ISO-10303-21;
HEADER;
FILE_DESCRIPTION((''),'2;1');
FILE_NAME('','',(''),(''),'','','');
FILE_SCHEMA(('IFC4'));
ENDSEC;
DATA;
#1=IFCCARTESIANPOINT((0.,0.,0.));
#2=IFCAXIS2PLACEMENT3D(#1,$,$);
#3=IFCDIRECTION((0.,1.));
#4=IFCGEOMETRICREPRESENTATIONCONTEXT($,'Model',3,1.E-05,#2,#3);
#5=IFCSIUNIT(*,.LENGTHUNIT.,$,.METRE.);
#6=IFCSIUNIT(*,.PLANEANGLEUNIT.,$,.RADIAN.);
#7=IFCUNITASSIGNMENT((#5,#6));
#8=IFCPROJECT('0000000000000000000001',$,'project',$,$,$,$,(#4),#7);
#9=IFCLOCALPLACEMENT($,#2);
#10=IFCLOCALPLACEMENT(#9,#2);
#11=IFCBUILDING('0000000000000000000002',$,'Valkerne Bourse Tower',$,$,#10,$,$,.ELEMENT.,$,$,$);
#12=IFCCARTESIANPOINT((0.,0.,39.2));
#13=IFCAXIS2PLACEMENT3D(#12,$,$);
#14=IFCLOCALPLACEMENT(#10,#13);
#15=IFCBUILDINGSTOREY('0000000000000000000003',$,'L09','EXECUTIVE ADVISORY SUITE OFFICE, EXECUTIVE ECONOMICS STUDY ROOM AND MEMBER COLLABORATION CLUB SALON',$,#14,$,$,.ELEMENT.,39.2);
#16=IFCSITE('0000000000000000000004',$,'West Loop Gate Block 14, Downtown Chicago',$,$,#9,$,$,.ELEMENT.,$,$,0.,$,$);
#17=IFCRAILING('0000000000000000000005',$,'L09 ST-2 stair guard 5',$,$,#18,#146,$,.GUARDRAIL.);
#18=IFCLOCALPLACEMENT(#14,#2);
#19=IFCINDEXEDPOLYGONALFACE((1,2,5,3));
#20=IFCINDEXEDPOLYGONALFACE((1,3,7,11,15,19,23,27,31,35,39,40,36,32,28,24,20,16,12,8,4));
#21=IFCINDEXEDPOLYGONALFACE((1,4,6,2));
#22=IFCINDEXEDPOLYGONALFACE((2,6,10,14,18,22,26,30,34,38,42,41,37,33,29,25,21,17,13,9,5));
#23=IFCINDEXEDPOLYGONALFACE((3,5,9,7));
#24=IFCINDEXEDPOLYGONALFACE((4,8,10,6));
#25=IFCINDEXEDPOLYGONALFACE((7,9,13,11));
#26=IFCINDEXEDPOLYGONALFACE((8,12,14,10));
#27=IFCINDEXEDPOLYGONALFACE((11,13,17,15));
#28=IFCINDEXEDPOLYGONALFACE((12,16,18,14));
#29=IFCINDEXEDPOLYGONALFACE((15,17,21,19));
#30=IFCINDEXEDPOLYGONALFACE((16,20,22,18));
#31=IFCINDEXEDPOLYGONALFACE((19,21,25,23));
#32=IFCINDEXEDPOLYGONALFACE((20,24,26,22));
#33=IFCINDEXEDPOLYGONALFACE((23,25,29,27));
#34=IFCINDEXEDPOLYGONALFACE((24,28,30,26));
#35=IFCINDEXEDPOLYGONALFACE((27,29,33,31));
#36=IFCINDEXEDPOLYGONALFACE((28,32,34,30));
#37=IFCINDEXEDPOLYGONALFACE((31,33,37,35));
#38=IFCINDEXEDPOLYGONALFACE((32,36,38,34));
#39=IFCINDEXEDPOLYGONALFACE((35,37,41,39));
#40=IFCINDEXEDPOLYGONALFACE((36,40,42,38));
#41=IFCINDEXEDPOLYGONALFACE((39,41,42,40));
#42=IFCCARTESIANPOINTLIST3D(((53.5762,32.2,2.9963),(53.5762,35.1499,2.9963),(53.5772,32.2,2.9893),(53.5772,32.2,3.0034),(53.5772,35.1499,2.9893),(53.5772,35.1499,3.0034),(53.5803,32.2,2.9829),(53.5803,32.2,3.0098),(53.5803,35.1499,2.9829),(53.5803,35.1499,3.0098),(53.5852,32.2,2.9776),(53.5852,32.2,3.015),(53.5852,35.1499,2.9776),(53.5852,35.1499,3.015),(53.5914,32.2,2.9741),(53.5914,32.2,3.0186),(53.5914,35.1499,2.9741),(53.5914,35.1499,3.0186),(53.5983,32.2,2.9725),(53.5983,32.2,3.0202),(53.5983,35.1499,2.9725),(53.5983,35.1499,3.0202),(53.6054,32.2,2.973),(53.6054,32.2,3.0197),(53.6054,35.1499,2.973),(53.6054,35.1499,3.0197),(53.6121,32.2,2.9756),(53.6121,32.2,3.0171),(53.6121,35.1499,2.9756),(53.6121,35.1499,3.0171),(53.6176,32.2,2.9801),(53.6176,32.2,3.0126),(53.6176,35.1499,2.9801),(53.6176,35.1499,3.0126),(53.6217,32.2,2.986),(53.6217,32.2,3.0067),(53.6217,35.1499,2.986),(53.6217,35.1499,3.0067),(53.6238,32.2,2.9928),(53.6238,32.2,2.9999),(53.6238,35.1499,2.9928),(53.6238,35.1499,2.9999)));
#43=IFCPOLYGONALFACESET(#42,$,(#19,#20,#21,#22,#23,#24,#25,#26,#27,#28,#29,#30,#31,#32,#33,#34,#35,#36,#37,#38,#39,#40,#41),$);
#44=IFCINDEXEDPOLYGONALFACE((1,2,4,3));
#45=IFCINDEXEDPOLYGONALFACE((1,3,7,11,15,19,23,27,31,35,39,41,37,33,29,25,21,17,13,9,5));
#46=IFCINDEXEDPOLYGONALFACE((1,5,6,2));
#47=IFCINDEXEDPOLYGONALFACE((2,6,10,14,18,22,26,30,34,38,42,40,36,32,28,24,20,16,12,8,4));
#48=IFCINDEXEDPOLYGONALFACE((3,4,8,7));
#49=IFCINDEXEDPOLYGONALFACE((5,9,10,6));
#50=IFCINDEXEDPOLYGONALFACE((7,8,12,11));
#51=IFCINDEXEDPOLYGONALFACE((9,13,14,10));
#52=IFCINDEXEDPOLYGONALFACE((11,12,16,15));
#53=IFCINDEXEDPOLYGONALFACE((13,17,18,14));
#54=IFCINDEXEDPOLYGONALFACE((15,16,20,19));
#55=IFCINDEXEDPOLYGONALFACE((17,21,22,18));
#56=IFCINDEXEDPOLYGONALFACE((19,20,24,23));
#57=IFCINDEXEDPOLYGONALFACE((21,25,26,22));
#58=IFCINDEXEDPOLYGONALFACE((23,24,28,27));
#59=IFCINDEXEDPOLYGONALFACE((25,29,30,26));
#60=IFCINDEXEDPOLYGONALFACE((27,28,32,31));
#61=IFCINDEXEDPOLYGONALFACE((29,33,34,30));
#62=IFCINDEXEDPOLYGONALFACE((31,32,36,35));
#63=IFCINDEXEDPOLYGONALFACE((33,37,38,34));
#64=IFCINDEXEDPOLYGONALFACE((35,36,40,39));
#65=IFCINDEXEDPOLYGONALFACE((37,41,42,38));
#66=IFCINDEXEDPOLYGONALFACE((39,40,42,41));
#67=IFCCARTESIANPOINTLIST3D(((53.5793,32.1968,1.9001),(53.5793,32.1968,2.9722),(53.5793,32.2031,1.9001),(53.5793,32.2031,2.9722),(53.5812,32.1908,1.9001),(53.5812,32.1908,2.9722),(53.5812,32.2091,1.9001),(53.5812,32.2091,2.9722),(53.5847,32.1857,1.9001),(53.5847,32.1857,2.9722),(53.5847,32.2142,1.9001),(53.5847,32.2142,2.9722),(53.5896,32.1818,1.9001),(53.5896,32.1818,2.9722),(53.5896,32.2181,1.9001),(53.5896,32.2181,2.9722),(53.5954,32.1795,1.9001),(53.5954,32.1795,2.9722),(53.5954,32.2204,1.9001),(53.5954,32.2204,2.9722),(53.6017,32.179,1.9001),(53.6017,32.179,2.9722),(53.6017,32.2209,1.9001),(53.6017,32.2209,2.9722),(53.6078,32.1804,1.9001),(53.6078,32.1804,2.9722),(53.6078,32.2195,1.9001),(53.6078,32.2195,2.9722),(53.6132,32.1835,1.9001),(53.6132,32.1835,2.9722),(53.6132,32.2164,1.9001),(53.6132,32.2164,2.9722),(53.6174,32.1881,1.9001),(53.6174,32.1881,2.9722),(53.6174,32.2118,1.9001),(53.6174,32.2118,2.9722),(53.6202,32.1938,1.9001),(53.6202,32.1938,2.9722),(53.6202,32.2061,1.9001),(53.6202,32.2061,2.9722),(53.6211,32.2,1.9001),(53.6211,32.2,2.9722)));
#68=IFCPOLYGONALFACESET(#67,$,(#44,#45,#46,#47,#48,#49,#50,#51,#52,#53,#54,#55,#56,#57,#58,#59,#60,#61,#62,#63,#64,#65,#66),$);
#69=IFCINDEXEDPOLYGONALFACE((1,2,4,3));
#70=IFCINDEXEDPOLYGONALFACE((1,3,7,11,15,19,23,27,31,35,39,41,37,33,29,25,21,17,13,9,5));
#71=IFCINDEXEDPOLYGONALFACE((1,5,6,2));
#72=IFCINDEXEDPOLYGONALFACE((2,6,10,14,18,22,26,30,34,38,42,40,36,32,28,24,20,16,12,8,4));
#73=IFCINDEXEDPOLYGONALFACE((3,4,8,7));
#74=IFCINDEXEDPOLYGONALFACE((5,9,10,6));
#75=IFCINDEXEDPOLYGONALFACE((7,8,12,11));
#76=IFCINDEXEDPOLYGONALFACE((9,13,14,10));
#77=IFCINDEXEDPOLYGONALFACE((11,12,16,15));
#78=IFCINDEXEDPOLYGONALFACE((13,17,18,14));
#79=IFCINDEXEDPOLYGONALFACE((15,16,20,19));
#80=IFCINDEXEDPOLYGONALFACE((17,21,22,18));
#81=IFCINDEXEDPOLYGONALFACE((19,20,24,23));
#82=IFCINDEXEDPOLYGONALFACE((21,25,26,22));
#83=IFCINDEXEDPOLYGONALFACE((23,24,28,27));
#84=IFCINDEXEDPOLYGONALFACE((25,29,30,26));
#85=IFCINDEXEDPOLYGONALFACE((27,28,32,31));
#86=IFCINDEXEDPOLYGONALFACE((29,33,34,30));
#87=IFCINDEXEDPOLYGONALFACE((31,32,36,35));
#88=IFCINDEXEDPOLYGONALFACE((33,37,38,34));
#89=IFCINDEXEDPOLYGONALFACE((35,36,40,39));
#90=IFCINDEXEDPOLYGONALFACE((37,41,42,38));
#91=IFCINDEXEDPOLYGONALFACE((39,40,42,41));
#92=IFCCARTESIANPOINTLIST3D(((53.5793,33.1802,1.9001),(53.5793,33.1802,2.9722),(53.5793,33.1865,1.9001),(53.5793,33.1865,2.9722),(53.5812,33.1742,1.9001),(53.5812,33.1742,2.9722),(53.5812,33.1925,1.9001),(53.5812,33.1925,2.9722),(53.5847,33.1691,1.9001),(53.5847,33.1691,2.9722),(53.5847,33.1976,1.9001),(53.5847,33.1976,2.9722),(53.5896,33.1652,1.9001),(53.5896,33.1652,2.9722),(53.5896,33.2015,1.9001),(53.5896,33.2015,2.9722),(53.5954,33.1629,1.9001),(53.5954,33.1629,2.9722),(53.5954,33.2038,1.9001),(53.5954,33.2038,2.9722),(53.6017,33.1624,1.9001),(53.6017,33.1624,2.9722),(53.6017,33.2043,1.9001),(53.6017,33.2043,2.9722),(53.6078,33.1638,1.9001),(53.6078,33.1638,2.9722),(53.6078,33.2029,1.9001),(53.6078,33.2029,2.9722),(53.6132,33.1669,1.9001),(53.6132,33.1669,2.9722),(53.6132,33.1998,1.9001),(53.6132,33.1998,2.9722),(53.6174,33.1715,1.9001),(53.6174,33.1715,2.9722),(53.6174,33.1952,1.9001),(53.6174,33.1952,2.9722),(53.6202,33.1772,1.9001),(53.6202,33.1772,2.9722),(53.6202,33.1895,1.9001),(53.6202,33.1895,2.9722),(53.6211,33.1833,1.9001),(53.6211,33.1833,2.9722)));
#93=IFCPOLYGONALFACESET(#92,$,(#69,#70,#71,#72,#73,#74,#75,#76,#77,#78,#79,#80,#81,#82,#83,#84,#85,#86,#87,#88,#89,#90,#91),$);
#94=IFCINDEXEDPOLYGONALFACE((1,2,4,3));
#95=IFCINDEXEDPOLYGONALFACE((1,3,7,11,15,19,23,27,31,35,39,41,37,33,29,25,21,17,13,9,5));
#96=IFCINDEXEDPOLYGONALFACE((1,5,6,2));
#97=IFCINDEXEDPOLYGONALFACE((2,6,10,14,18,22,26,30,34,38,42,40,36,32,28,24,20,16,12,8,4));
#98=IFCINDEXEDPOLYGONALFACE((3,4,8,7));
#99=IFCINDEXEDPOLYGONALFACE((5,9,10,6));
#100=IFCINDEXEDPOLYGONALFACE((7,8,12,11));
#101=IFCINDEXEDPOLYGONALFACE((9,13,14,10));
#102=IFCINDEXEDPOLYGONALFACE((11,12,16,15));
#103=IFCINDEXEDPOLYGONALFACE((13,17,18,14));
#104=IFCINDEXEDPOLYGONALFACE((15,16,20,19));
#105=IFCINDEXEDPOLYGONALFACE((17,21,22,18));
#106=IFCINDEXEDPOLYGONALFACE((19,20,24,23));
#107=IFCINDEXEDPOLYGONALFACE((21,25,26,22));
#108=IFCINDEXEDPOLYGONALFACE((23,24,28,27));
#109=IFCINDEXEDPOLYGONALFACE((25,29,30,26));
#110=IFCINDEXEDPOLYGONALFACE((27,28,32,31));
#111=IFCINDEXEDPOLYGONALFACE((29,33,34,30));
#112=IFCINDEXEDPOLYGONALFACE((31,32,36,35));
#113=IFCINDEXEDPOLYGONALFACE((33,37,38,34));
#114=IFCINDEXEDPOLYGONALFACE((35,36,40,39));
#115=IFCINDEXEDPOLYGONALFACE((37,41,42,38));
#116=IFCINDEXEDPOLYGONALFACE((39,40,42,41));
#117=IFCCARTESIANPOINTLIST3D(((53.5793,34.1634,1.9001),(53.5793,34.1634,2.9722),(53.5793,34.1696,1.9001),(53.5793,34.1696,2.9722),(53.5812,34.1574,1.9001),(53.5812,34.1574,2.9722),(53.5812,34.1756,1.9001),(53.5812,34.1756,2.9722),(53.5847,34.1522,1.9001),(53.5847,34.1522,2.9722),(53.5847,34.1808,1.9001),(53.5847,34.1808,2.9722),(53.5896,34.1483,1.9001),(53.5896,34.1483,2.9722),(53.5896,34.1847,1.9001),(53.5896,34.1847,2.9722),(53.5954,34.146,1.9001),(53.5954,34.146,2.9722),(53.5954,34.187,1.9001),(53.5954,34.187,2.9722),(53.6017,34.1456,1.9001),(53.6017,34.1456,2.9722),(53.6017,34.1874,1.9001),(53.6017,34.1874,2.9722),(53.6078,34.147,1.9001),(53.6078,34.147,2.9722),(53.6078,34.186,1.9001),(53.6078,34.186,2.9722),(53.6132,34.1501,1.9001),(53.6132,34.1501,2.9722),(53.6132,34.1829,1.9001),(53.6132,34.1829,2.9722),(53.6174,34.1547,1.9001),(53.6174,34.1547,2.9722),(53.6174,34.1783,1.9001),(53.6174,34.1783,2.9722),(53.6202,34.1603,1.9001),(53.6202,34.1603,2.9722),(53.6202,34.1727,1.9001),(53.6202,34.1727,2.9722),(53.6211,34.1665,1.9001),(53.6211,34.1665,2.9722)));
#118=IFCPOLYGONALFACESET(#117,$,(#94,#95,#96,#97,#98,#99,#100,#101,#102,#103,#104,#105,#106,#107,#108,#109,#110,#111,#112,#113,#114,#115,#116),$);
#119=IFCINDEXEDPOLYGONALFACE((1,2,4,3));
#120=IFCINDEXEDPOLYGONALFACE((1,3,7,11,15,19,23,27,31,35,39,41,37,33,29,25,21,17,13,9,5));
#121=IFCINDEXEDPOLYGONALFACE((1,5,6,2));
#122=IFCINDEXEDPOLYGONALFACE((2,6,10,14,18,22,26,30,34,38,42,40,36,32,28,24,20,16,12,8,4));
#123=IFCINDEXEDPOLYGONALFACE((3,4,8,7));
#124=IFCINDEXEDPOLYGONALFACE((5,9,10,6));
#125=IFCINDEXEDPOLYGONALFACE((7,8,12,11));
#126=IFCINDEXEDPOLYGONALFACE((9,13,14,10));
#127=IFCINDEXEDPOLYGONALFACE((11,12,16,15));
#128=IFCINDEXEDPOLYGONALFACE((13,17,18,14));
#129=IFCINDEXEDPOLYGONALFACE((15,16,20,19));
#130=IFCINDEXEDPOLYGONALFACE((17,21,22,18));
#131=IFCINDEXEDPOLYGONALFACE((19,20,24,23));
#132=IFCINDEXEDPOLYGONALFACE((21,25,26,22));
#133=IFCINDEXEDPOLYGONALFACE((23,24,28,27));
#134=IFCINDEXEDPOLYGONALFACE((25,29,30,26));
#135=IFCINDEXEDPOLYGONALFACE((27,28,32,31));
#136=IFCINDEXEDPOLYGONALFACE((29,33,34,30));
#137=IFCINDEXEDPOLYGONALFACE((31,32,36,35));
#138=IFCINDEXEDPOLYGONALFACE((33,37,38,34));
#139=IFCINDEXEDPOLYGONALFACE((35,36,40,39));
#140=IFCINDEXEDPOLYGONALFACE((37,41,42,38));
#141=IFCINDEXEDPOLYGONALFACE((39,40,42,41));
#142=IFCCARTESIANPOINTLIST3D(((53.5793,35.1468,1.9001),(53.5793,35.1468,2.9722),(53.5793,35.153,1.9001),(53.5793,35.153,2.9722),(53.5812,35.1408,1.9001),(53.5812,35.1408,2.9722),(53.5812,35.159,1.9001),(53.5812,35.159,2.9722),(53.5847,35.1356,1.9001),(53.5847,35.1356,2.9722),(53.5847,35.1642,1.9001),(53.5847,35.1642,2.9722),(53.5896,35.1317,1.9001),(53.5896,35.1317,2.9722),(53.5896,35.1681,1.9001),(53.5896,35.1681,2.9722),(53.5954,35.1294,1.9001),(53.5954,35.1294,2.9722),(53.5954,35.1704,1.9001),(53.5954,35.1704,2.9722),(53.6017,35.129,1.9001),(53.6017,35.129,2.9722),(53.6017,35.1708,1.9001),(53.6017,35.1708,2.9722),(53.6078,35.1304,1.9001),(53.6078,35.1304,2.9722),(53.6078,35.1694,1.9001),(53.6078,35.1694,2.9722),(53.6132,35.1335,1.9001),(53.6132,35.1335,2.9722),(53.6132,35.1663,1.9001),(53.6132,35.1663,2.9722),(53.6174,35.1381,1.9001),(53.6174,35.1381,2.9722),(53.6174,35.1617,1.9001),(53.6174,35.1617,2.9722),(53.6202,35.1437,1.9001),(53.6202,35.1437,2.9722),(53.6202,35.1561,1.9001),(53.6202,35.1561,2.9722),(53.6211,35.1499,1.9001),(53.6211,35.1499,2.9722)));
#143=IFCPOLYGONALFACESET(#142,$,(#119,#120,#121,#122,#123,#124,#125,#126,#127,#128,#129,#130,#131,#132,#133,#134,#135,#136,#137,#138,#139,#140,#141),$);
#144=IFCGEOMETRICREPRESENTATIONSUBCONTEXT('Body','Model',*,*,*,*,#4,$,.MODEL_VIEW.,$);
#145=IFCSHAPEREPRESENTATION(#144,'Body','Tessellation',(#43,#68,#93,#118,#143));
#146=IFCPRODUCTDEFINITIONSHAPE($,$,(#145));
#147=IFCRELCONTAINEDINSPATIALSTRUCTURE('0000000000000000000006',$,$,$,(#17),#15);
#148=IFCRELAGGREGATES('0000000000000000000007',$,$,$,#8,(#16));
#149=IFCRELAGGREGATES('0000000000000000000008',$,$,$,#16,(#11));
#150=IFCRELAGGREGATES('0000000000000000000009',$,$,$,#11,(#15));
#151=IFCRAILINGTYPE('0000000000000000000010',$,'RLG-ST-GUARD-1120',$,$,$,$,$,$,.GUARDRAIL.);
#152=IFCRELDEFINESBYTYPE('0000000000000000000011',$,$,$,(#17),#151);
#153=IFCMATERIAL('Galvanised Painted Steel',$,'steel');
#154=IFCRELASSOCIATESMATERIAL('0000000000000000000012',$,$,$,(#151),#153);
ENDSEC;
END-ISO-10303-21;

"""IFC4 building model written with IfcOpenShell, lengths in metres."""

from ifc_helpers import new_model, si_unit, direction, frame, origin, origin_2d, place, context, subcontext, project, spatial, circle, extrude, material, type_object, element, save


model = new_model("IFC4")

# Units and contexts
model_context = context("Model", 3, precision=1e-05, world=origin(), true_north=direction((0.0, 1.0)))
body_context = subcontext(model_context, "Body", "Model", "MODEL_VIEW")
ifc_project = project(units=[si_unit("LENGTHUNIT", "METRE"), si_unit("PLANEANGLEUNIT", "RADIAN")], contexts=[model_context])

# Site, building, storey
site_placement = place(None, origin())
site = spatial("IfcSite", under=ifc_project, at=site_placement, Name="West Loop Gate Block 14, Downtown Chicago", CompositionType="ELEMENT", RefElevation=0.0)
building_placement = place(site_placement, origin())
building = spatial("IfcBuilding", under=site, at=building_placement, Name="Valkerne Bourse Tower", CompositionType="ELEMENT")
storey_placement = place(building_placement, frame((0.0, 0.0, 39.2)))
storey = spatial("IfcBuildingStorey", under=building, at=storey_placement, Name="L09", Description="EXECUTIVE ADVISORY SUITE OFFICE, EXECUTIVE ECONOMICS STUDY ROOM AND MEMBER COLLABORATION CLUB SALON", CompositionType="ELEMENT", Elevation=39.2)

# Railing
ifc_material_1 = material(Name="Galvanised Painted Steel", Category="steel")
railing_type_1 = type_object("IfcRailingType", Name="RLG-ST-GUARD-1120", PredefinedType="GUARDRAIL", material=ifc_material_1)
railing_1_placement = place(storey_placement, frame((53.6001, 32.2, 1.9001)))
element("IfcRailing", 1, at=railing_1_placement, inside=storey, type_object=railing_type_1, Name="L09 ST-2 stair guard 5", PredefinedType="GUARDRAIL", context=body_context, shape_type="SweptSolid", body=[
    extrude(circle(Radius=0.0239, at=origin_2d()), frame((0.0, 0.0, 1.0962), z_axis=(0.0, 1.0, 0.0), x_axis=(-1.0, 0.0, 0.0)), (0.0, 0.0, 1.0), 2.95),
    extrude(circle(Radius=0.021, at=origin_2d()), origin(), (0.0, 0.0, 1.0), 1.072),
    extrude(circle(Radius=0.021, at=origin_2d()), frame((0.0, 0.9834, 0.0)), (0.0, 0.0, 1.0), 1.072),
    extrude(circle(Radius=0.021, at=origin_2d()), frame((0.0, 1.9666, 0.0)), (0.0, 0.0, 1.0), 1.072),
    extrude(circle(Radius=0.021, at=origin_2d()), frame((0.0, 2.95, 0.0)), (0.0, 0.0, 1.0), 1.072),
])

save(model, "model.ifc")
